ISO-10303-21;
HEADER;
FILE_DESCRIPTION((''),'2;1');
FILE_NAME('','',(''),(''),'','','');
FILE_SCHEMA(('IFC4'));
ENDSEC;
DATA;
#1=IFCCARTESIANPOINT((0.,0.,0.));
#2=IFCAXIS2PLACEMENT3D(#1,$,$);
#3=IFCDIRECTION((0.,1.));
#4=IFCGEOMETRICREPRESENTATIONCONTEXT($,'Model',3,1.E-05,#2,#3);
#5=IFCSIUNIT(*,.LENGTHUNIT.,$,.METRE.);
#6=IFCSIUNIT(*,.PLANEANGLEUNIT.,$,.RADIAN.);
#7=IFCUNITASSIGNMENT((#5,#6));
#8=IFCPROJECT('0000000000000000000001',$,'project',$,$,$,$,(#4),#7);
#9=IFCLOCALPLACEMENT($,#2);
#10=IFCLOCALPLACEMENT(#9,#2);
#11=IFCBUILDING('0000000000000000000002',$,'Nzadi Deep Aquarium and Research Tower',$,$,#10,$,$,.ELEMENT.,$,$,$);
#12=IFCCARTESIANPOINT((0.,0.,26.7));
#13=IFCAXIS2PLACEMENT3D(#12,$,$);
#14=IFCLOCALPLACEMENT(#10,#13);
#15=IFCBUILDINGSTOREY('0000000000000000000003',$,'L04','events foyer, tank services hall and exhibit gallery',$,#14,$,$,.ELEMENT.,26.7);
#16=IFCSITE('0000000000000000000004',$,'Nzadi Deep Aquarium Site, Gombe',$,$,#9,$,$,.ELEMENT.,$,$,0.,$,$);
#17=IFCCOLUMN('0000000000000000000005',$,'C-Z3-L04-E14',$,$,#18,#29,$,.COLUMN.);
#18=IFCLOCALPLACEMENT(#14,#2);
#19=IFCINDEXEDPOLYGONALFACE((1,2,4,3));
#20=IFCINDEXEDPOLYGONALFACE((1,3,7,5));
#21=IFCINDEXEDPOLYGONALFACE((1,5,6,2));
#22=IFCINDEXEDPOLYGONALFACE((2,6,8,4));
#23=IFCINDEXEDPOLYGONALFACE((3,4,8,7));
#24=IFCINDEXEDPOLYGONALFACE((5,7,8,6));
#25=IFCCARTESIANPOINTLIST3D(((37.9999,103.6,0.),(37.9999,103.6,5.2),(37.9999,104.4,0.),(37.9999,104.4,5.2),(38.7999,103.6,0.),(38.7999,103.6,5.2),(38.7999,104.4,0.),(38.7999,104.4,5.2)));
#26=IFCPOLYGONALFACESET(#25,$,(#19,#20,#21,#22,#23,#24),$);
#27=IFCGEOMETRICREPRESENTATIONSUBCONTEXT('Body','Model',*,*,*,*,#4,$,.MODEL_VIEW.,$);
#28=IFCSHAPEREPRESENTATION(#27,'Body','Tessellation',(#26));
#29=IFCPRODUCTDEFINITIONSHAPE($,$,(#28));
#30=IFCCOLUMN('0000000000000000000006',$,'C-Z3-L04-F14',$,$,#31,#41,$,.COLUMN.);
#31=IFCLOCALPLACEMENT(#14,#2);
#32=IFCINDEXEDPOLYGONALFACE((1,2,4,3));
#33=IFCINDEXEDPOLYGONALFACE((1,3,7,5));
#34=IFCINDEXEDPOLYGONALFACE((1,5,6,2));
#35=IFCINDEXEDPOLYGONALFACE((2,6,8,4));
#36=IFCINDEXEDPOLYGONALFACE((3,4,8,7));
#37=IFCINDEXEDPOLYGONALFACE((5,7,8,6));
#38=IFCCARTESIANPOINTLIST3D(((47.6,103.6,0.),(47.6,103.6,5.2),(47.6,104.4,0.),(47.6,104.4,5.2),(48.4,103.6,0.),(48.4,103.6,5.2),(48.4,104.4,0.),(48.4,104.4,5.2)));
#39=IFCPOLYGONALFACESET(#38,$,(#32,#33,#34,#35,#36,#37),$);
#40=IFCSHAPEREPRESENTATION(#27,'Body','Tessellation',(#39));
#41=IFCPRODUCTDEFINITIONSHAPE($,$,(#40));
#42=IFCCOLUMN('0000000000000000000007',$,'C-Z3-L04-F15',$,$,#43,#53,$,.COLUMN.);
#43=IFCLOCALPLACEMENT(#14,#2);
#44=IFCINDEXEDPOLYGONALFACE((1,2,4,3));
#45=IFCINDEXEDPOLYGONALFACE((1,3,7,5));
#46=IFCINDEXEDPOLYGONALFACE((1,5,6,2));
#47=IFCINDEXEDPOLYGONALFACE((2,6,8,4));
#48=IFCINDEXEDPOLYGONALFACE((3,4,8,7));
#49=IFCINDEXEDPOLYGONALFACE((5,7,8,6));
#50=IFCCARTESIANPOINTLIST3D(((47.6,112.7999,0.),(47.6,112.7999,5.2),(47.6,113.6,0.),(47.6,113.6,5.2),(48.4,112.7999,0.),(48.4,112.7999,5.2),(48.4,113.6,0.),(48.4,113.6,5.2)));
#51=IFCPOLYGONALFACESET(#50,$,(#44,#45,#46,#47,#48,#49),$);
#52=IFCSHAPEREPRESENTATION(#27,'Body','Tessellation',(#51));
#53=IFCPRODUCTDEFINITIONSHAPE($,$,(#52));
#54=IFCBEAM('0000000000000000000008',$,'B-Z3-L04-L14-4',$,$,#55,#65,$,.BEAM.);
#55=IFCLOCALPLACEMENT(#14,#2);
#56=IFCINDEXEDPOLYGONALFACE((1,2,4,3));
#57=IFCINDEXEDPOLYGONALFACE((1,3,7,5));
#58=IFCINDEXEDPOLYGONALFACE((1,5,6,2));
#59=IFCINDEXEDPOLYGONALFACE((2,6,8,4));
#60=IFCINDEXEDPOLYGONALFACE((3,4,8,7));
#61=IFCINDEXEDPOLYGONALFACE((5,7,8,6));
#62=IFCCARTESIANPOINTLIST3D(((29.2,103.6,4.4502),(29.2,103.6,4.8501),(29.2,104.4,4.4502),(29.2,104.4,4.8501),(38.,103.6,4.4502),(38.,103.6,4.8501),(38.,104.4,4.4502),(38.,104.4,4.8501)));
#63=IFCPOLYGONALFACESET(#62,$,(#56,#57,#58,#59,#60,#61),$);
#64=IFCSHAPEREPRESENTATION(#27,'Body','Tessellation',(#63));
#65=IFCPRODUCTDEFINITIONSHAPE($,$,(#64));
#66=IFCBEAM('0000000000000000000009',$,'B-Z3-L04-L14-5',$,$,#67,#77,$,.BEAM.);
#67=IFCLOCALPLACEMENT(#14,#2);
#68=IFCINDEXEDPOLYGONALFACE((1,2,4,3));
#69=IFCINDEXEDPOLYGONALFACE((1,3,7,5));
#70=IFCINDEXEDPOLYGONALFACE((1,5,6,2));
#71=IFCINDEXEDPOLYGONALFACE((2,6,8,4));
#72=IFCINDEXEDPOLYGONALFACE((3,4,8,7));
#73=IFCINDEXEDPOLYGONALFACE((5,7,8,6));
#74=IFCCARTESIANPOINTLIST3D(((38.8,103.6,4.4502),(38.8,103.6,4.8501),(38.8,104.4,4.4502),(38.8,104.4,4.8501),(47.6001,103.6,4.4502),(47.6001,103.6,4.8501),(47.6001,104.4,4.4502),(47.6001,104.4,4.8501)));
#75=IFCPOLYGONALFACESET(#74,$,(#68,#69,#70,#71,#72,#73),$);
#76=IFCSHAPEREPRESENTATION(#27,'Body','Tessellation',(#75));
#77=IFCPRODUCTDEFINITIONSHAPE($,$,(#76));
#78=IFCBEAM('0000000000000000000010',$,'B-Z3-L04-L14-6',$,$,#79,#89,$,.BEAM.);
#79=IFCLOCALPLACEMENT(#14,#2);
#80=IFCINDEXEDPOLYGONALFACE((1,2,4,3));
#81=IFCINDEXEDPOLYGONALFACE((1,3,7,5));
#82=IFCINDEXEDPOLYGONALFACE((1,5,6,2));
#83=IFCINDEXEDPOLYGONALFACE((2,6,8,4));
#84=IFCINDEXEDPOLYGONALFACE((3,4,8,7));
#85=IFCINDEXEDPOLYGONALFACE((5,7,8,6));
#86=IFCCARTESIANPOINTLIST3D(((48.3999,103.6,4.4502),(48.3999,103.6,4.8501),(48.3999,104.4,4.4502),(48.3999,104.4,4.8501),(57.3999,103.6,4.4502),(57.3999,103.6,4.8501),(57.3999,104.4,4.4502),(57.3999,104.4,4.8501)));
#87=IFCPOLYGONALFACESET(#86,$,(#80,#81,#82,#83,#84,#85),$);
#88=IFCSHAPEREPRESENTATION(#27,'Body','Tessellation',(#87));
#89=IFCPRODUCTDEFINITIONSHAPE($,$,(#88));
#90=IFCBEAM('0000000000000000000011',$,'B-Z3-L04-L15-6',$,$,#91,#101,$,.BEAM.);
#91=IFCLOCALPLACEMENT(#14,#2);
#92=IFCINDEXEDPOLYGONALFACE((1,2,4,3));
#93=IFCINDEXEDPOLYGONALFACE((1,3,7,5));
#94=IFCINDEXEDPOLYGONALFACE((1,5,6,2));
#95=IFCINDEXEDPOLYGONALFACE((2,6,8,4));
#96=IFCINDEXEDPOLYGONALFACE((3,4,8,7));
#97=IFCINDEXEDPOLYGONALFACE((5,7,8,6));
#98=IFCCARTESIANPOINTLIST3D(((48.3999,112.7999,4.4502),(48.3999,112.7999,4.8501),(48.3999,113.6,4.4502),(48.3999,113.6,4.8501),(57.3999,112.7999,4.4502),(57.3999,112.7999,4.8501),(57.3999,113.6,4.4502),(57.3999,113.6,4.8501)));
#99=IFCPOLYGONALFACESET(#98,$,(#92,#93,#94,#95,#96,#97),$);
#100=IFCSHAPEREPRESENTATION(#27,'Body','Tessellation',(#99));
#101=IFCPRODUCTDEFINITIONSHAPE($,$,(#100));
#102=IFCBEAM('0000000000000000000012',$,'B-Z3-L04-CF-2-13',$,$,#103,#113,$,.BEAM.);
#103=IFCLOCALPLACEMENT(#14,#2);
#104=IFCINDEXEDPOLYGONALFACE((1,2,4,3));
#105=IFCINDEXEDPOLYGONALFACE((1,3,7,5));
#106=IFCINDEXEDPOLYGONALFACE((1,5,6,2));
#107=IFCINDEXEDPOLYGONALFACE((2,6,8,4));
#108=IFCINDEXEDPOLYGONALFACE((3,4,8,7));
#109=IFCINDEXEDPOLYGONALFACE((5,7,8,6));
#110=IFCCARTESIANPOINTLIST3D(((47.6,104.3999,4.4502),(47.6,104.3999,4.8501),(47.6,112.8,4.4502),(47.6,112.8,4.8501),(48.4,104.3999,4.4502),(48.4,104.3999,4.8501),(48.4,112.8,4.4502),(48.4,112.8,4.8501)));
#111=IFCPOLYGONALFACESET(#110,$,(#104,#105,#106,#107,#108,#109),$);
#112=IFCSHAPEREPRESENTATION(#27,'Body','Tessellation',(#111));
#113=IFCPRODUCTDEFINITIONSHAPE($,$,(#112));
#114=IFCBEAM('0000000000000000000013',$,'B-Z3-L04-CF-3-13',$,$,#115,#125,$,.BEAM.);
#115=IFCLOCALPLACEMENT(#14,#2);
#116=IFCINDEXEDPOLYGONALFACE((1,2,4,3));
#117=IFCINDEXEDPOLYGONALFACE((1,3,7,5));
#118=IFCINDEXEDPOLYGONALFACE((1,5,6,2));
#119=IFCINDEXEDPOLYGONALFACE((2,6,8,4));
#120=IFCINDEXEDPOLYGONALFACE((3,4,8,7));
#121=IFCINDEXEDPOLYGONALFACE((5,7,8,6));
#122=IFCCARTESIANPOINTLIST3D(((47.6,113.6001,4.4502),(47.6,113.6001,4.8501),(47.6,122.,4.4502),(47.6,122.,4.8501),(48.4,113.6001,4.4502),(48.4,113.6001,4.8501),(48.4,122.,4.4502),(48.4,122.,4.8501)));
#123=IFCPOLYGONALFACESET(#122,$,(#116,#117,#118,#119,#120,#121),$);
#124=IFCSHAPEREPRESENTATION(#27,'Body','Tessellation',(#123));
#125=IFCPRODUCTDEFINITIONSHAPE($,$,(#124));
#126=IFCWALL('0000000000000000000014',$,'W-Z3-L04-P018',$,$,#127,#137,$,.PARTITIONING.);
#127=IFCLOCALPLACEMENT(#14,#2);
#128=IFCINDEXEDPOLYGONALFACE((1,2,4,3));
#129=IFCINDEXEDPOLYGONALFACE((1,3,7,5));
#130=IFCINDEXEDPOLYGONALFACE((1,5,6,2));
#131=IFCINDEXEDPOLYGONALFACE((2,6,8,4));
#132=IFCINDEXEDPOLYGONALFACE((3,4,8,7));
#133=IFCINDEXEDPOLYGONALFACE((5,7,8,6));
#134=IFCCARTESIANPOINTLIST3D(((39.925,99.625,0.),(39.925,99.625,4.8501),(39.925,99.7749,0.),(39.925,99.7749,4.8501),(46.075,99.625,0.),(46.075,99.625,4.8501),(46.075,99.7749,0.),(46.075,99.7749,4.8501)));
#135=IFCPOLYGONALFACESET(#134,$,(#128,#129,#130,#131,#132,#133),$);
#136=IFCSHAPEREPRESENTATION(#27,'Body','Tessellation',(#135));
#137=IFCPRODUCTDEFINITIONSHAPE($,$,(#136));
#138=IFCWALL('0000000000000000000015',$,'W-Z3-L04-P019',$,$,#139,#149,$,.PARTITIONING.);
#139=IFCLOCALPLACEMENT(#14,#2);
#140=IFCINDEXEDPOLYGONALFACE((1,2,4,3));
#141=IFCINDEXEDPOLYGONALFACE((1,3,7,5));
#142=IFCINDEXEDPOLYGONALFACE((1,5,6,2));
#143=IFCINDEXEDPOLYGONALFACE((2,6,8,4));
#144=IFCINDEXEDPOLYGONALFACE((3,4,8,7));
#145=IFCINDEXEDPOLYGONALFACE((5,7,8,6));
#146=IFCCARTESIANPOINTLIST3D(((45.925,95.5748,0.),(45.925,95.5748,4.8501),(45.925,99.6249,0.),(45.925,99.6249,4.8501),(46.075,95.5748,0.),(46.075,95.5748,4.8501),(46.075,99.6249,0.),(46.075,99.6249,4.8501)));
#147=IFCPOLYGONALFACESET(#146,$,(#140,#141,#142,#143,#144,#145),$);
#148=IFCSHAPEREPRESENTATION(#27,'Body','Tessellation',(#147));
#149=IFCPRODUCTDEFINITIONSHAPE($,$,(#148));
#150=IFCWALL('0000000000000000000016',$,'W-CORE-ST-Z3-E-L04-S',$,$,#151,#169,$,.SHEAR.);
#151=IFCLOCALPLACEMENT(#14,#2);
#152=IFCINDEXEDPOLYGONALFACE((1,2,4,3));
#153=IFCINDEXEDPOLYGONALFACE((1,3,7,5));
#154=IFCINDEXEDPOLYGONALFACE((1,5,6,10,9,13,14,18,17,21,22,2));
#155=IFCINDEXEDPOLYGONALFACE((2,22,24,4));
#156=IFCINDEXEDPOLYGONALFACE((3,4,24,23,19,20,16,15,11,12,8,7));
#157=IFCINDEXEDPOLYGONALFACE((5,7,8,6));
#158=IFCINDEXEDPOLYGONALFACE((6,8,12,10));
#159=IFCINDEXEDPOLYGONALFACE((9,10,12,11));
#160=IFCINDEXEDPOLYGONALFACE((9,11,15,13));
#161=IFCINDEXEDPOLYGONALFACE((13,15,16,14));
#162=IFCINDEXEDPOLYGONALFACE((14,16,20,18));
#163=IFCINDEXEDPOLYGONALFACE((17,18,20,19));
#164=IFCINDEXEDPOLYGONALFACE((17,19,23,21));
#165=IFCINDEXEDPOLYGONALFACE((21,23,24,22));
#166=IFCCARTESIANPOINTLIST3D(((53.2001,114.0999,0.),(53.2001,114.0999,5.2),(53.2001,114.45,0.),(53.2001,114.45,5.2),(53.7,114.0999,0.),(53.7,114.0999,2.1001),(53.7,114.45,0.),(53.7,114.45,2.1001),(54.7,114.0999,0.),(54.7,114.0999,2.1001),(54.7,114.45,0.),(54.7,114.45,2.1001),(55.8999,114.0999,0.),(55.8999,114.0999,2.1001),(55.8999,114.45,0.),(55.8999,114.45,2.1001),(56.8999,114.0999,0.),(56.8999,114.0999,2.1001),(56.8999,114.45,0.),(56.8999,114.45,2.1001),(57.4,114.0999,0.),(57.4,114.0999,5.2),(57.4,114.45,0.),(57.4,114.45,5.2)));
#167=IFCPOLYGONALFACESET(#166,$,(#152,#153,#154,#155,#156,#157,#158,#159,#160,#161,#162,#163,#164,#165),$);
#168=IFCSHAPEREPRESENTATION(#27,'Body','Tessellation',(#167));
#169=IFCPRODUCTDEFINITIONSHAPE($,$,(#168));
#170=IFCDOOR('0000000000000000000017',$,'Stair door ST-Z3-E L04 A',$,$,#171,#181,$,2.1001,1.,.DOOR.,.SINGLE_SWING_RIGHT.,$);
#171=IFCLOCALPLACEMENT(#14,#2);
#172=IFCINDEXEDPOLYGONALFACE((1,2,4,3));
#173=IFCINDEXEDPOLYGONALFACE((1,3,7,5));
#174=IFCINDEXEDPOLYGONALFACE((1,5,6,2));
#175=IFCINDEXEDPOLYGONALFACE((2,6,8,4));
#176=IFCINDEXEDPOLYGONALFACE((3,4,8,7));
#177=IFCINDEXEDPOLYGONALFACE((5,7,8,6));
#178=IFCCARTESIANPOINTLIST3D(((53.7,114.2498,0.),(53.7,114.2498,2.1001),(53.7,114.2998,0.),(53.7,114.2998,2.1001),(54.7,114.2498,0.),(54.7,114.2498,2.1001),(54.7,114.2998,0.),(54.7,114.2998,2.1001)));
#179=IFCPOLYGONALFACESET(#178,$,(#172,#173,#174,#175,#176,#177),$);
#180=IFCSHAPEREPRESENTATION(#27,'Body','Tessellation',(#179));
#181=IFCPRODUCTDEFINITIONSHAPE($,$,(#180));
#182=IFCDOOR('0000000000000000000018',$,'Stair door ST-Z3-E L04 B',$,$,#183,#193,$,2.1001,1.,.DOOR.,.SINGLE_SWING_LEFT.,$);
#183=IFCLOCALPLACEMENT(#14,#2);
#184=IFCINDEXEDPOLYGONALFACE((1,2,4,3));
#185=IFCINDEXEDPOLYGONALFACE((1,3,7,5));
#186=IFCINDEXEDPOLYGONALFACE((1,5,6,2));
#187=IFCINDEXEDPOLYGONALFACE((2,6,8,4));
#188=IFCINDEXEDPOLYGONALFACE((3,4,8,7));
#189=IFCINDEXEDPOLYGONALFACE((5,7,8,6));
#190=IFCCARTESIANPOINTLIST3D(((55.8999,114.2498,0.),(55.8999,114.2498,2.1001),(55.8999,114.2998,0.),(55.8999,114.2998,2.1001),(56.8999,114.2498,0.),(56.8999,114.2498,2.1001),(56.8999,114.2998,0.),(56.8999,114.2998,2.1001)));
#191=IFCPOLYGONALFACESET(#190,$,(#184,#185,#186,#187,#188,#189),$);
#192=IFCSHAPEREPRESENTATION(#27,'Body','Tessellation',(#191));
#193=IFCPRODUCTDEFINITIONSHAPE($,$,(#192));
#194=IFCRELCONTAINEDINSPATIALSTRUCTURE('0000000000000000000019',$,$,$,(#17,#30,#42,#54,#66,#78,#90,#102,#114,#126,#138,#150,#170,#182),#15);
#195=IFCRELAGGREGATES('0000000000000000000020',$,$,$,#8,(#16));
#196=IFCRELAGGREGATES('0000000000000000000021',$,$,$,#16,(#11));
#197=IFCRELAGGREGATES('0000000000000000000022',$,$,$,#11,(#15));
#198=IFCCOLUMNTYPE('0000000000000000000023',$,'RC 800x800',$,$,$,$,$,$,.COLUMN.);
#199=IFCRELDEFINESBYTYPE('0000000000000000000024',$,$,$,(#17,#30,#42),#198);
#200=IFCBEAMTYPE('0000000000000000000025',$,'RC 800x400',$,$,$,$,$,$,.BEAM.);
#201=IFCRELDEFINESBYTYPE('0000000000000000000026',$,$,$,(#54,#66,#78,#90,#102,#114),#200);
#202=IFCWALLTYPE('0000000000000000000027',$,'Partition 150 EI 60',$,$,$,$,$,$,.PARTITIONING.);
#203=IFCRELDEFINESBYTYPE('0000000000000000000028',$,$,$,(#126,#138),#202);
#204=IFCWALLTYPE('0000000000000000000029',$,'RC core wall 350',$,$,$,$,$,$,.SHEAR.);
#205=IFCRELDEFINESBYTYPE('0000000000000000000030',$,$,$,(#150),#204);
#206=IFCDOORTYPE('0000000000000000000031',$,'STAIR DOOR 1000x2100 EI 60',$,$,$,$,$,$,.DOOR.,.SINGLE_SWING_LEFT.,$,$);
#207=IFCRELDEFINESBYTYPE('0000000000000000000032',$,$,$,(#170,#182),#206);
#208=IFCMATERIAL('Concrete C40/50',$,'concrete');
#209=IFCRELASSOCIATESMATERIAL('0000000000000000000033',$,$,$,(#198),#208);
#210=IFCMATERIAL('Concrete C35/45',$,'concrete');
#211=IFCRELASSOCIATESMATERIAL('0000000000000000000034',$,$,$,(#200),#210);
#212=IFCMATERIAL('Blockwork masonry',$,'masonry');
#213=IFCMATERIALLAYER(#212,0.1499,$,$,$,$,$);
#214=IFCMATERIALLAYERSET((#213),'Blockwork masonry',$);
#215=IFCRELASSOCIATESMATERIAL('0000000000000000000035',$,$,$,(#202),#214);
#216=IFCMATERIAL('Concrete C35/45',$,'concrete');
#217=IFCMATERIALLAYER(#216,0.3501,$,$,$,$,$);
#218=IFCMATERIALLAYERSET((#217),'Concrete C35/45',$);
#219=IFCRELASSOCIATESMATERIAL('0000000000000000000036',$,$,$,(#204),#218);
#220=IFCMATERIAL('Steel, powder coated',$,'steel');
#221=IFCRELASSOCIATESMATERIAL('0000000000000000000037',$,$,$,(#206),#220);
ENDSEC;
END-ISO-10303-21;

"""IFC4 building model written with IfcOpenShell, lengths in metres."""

from ifc_helpers import new_model, si_unit, direction, frame, frame_2d, origin, origin_2d, place, context, subcontext, project, spatial, rectangle, extrude, material, layer, layer_set, material_profile, profile_set, type_object, element, fill, save


model = new_model("IFC4")

# Units and contexts
model_context = context("Model", 3, precision=1e-05, world=origin(), true_north=direction((0.0, 1.0)))
body_context = subcontext(model_context, "Body", "Model", "MODEL_VIEW")
ifc_project = project(units=[si_unit("LENGTHUNIT", "METRE"), si_unit("PLANEANGLEUNIT", "RADIAN")], contexts=[model_context])

# Site, building, storey
site_placement = place(None, origin())
site = spatial("IfcSite", under=ifc_project, at=site_placement, Name="Nzadi Deep Aquarium Site, Gombe", CompositionType="ELEMENT", RefElevation=0.0)
building_placement = place(site_placement, origin())
building = spatial("IfcBuilding", under=site, at=building_placement, Name="Nzadi Deep Aquarium and Research Tower", CompositionType="ELEMENT")
storey_placement = place(building_placement, frame((0.0, 0.0, 26.7)))
storey = spatial("IfcBuildingStorey", under=building, at=storey_placement, Name="L04", Description="events foyer, tank services hall and exhibit gallery", CompositionType="ELEMENT", Elevation=26.7)

# Columns
ifc_material_1 = material(Name="Concrete C40/50", Category="concrete")
ifc_material_profile_1 = material_profile(ifc_material_1, rectangle(XDim=0.8, YDim=0.8, at=origin_2d()))
ifc_profile_set_1 = profile_set([ifc_material_profile_1], Name="Concrete C40/50")
column_type = type_object("IfcColumnType", Name="RC 800x800", PredefinedType="COLUMN", material=ifc_profile_set_1)
for number, where, z_axis, x_axis, name in (
    (1, (38.3999, 104.0, 0.0), (0.0, 0.0, 1.0), (1.0, 0.0, 0.0), "C-Z3-L04-E14"),
    (2, (48.0, 104.0, 0.0), (0.0, 0.0, 1.0), (1.0, 0.0, 0.0), "C-Z3-L04-F14"),
    (3, (48.0, 113.2, 0.0), (0.0, 0.0, 1.0), (1.0, 0.0, 0.0), "C-Z3-L04-F15"),
):
    element("IfcColumn", number, at=place(storey_placement, frame(where, z_axis=z_axis, x_axis=x_axis)), inside=storey, type_object=column_type, Name=name, PredefinedType="COLUMN", context=body_context, shape_type="SweptSolid", body=[
        extrude(rectangle(XDim=0.8, YDim=0.8, at=origin_2d()), origin(), (0.0, 0.0, 1.0), 5.2),
    ])

# Beams
ifc_material_2 = material(Name="Concrete C35/45", Category="concrete")
ifc_material_profile_2 = material_profile(ifc_material_2, rectangle(XDim=0.8, YDim=0.3999, at=origin_2d()))
ifc_profile_set_2 = profile_set([ifc_material_profile_2], Name="Concrete C35/45")
beam_type = type_object("IfcBeamType", Name="RC 800x400", PredefinedType="BEAM", material=ifc_profile_set_2)
for number, where, z_axis, x_axis, name in (
    (4, (29.2, 104.0, 4.6501), (1.0, 0.0, 0.0), (0.0, 1.0, 0.0), "B-Z3-L04-L14-4"),
    (5, (38.8, 104.0, 4.6501), (1.0, 0.0, 0.0), (0.0, 1.0, 0.0), "B-Z3-L04-L14-5"),
):
    element("IfcBeam", number, at=place(storey_placement, frame(where, z_axis=z_axis, x_axis=x_axis)), inside=storey, type_object=beam_type, Name=name, PredefinedType="BEAM", context=body_context, shape_type="SweptSolid", body=[
        extrude(rectangle(XDim=0.8, YDim=0.3999, at=origin_2d()), origin(), (0.0, 0.0, 1.0), 8.8),
    ])
for number, where, z_axis, x_axis, name in (
    (6, (48.3999, 104.0, 4.6501), (1.0, 0.0, 0.0), (0.0, 1.0, 0.0), "B-Z3-L04-L14-6"),
    (7, (48.3999, 113.2, 4.6501), (1.0, 0.0, 0.0), (0.0, 1.0, 0.0), "B-Z3-L04-L15-6"),
):
    element("IfcBeam", number, at=place(storey_placement, frame(where, z_axis=z_axis, x_axis=x_axis)), inside=storey, type_object=beam_type, Name=name, PredefinedType="BEAM", context=body_context, shape_type="SweptSolid", body=[
        extrude(rectangle(XDim=0.8, YDim=0.3999, at=origin_2d()), origin(), (0.0, 0.0, 1.0), 9.0),
    ])
beam_1_placement = place(storey_placement, frame((48.0, 104.3999, 4.6501), z_axis=(0.0, 1.0, 0.0), x_axis=(-1.0, 0.0, 0.0)))
element("IfcBeam", 8, at=beam_1_placement, inside=storey, type_object=beam_type, Name="B-Z3-L04-CF-2-13", PredefinedType="BEAM", context=body_context, shape_type="SweptSolid", body=[
    extrude(rectangle(XDim=0.8, YDim=0.3999, at=origin_2d()), origin(), (0.0, 0.0, 1.0), 8.4001),
])
beam_2_placement = place(storey_placement, frame((48.0, 113.6001, 4.6501), z_axis=(0.0, 1.0, 0.0), x_axis=(-1.0, 0.0, 0.0)))
element("IfcBeam", 9, at=beam_2_placement, inside=storey, type_object=beam_type, Name="B-Z3-L04-CF-3-13", PredefinedType="BEAM", context=body_context, shape_type="SweptSolid", body=[
    extrude(rectangle(XDim=0.8, YDim=0.3999, at=origin_2d()), origin(), (0.0, 0.0, 1.0), 8.3999),
])

# Walls
ifc_material_3 = material(Name="Blockwork masonry", Category="masonry")
ifc_layer_1 = layer(ifc_material_3, 0.1499)
ifc_layer_set_1 = layer_set([ifc_layer_1], Name="Blockwork masonry")
wall_type_1 = type_object("IfcWallType", Name="Partition 150 EI 60", PredefinedType="PARTITIONING", material=ifc_layer_set_1)
wall_1_placement = place(storey_placement, frame((39.925, 99.7, 0.0), z_axis=(0.0, 0.0, 1.0), x_axis=(1.0, 0.0, 0.0)))
element("IfcWall", 10, at=wall_1_placement, inside=storey, type_object=wall_type_1, Name="W-Z3-L04-P018", PredefinedType="PARTITIONING", context=body_context, shape_type="SweptSolid", body=[
    extrude(rectangle(XDim=6.1499, YDim=0.1499, at=frame_2d((3.075, 0.0))), origin(), (0.0, 0.0, 1.0), 4.8501),
])
wall_2_placement = place(storey_placement, frame((46.0, 95.575, 0.0), z_axis=(0.0, 0.0, 1.0), x_axis=(0.0, 1.0, 0.0)))
element("IfcWall", 11, at=wall_2_placement, inside=storey, type_object=wall_type_1, Name="W-Z3-L04-P019", PredefinedType="PARTITIONING", context=body_context, shape_type="SweptSolid", body=[
    extrude(rectangle(XDim=4.05, YDim=0.1499, at=frame_2d((2.0249, 0.0))), origin(), (0.0, 0.0, 1.0), 4.8501),
])

# Wall, openings, doors
ifc_material_4 = material(Name="Concrete C35/45", Category="concrete")
ifc_layer_2 = layer(ifc_material_4, 0.3501)
ifc_layer_set_2 = layer_set([ifc_layer_2], Name="Concrete C35/45")
wall_type_2 = type_object("IfcWallType", Name="RC core wall 350", PredefinedType="SHEAR", material=ifc_layer_set_2)
wall_3_placement = place(storey_placement, frame((53.2, 114.2749, 0.0), z_axis=(0.0, 0.0, 1.0), x_axis=(1.0, 0.0, 0.0)))
wall_3 = element("IfcWall", 12, at=wall_3_placement, inside=storey, type_object=wall_type_2, Name="W-CORE-ST-Z3-E-L04-S", PredefinedType="SHEAR", context=body_context, shape_type="SweptSolid", body=[
    extrude(rectangle(XDim=4.2, YDim=0.3501, at=frame_2d((2.1001, 0.0))), origin(), (0.0, 0.0, 1.0), 5.2),
])
opening_1_placement = place(wall_3_placement, frame((0.5, 0.0, 0.0)))
opening_1 = element("IfcOpeningElement", 13, at=opening_1_placement, cuts=wall_3, PredefinedType="OPENING", context=body_context, shape_type="SweptSolid", body=[
    extrude(rectangle(XDim=1.0, YDim=2.1001, at=frame_2d((0.5, 1.05))), frame((0.0, 0.1851, 0.0), z_axis=(0.0, -1.0, 0.0), x_axis=(1.0, 0.0, 0.0)), (0.0, 0.0, 1.0), 0.3701),
])
opening_2_placement = place(wall_3_placement, frame((2.7, 0.0, 0.0)))
opening_2 = element("IfcOpeningElement", 14, at=opening_2_placement, cuts=wall_3, PredefinedType="OPENING", context=body_context, shape_type="SweptSolid", body=[
    extrude(rectangle(XDim=1.0, YDim=2.1001, at=frame_2d((0.5, 1.05))), frame((0.0, 0.1851, 0.0), z_axis=(0.0, -1.0, 0.0), x_axis=(1.0, 0.0, 0.0)), (0.0, 0.0, 1.0), 0.3701),
])
ifc_material_5 = material(Name="Steel, powder coated", Category="steel")
door_type_1 = type_object("IfcDoorType", Name="STAIR DOOR 1000x2100 EI 60", OperationType="SINGLE_SWING_LEFT", PredefinedType="DOOR", material=ifc_material_5)
door_1_placement = place(opening_1_placement, origin())
door_1 = element("IfcDoor", 15, at=door_1_placement, inside=storey, type_object=door_type_1, Name="Stair door ST-Z3-E L04 A", OperationType="SINGLE_SWING_RIGHT", OverallHeight=2.1001, OverallWidth=1.0, PredefinedType="DOOR", context=body_context, shape_type="SweptSolid", body=[
    extrude(rectangle(XDim=1.0, YDim=2.1001, at=frame_2d((0.5, 1.05))), frame((0.0, 0.0249, 0.0), z_axis=(0.0, -1.0, 0.0), x_axis=(1.0, 0.0, 0.0)), (0.0, 0.0, 1.0), 0.05),
])
fill(opening_1, door_1)
door_2_placement = place(opening_2_placement, origin())
door_2 = element("IfcDoor", 16, at=door_2_placement, inside=storey, type_object=door_type_1, Name="Stair door ST-Z3-E L04 B", OperationType="SINGLE_SWING_LEFT", OverallHeight=2.1001, OverallWidth=1.0, PredefinedType="DOOR", context=body_context, shape_type="SweptSolid", body=[
    extrude(rectangle(XDim=1.0, YDim=2.1001, at=frame_2d((0.5, 1.05))), frame((0.0, 0.0249, 0.0), z_axis=(0.0, -1.0, 0.0), x_axis=(1.0, 0.0, 0.0)), (0.0, 0.0, 1.0), 0.05),
])
fill(opening_2, door_2)

save(model, "model.ifc")
